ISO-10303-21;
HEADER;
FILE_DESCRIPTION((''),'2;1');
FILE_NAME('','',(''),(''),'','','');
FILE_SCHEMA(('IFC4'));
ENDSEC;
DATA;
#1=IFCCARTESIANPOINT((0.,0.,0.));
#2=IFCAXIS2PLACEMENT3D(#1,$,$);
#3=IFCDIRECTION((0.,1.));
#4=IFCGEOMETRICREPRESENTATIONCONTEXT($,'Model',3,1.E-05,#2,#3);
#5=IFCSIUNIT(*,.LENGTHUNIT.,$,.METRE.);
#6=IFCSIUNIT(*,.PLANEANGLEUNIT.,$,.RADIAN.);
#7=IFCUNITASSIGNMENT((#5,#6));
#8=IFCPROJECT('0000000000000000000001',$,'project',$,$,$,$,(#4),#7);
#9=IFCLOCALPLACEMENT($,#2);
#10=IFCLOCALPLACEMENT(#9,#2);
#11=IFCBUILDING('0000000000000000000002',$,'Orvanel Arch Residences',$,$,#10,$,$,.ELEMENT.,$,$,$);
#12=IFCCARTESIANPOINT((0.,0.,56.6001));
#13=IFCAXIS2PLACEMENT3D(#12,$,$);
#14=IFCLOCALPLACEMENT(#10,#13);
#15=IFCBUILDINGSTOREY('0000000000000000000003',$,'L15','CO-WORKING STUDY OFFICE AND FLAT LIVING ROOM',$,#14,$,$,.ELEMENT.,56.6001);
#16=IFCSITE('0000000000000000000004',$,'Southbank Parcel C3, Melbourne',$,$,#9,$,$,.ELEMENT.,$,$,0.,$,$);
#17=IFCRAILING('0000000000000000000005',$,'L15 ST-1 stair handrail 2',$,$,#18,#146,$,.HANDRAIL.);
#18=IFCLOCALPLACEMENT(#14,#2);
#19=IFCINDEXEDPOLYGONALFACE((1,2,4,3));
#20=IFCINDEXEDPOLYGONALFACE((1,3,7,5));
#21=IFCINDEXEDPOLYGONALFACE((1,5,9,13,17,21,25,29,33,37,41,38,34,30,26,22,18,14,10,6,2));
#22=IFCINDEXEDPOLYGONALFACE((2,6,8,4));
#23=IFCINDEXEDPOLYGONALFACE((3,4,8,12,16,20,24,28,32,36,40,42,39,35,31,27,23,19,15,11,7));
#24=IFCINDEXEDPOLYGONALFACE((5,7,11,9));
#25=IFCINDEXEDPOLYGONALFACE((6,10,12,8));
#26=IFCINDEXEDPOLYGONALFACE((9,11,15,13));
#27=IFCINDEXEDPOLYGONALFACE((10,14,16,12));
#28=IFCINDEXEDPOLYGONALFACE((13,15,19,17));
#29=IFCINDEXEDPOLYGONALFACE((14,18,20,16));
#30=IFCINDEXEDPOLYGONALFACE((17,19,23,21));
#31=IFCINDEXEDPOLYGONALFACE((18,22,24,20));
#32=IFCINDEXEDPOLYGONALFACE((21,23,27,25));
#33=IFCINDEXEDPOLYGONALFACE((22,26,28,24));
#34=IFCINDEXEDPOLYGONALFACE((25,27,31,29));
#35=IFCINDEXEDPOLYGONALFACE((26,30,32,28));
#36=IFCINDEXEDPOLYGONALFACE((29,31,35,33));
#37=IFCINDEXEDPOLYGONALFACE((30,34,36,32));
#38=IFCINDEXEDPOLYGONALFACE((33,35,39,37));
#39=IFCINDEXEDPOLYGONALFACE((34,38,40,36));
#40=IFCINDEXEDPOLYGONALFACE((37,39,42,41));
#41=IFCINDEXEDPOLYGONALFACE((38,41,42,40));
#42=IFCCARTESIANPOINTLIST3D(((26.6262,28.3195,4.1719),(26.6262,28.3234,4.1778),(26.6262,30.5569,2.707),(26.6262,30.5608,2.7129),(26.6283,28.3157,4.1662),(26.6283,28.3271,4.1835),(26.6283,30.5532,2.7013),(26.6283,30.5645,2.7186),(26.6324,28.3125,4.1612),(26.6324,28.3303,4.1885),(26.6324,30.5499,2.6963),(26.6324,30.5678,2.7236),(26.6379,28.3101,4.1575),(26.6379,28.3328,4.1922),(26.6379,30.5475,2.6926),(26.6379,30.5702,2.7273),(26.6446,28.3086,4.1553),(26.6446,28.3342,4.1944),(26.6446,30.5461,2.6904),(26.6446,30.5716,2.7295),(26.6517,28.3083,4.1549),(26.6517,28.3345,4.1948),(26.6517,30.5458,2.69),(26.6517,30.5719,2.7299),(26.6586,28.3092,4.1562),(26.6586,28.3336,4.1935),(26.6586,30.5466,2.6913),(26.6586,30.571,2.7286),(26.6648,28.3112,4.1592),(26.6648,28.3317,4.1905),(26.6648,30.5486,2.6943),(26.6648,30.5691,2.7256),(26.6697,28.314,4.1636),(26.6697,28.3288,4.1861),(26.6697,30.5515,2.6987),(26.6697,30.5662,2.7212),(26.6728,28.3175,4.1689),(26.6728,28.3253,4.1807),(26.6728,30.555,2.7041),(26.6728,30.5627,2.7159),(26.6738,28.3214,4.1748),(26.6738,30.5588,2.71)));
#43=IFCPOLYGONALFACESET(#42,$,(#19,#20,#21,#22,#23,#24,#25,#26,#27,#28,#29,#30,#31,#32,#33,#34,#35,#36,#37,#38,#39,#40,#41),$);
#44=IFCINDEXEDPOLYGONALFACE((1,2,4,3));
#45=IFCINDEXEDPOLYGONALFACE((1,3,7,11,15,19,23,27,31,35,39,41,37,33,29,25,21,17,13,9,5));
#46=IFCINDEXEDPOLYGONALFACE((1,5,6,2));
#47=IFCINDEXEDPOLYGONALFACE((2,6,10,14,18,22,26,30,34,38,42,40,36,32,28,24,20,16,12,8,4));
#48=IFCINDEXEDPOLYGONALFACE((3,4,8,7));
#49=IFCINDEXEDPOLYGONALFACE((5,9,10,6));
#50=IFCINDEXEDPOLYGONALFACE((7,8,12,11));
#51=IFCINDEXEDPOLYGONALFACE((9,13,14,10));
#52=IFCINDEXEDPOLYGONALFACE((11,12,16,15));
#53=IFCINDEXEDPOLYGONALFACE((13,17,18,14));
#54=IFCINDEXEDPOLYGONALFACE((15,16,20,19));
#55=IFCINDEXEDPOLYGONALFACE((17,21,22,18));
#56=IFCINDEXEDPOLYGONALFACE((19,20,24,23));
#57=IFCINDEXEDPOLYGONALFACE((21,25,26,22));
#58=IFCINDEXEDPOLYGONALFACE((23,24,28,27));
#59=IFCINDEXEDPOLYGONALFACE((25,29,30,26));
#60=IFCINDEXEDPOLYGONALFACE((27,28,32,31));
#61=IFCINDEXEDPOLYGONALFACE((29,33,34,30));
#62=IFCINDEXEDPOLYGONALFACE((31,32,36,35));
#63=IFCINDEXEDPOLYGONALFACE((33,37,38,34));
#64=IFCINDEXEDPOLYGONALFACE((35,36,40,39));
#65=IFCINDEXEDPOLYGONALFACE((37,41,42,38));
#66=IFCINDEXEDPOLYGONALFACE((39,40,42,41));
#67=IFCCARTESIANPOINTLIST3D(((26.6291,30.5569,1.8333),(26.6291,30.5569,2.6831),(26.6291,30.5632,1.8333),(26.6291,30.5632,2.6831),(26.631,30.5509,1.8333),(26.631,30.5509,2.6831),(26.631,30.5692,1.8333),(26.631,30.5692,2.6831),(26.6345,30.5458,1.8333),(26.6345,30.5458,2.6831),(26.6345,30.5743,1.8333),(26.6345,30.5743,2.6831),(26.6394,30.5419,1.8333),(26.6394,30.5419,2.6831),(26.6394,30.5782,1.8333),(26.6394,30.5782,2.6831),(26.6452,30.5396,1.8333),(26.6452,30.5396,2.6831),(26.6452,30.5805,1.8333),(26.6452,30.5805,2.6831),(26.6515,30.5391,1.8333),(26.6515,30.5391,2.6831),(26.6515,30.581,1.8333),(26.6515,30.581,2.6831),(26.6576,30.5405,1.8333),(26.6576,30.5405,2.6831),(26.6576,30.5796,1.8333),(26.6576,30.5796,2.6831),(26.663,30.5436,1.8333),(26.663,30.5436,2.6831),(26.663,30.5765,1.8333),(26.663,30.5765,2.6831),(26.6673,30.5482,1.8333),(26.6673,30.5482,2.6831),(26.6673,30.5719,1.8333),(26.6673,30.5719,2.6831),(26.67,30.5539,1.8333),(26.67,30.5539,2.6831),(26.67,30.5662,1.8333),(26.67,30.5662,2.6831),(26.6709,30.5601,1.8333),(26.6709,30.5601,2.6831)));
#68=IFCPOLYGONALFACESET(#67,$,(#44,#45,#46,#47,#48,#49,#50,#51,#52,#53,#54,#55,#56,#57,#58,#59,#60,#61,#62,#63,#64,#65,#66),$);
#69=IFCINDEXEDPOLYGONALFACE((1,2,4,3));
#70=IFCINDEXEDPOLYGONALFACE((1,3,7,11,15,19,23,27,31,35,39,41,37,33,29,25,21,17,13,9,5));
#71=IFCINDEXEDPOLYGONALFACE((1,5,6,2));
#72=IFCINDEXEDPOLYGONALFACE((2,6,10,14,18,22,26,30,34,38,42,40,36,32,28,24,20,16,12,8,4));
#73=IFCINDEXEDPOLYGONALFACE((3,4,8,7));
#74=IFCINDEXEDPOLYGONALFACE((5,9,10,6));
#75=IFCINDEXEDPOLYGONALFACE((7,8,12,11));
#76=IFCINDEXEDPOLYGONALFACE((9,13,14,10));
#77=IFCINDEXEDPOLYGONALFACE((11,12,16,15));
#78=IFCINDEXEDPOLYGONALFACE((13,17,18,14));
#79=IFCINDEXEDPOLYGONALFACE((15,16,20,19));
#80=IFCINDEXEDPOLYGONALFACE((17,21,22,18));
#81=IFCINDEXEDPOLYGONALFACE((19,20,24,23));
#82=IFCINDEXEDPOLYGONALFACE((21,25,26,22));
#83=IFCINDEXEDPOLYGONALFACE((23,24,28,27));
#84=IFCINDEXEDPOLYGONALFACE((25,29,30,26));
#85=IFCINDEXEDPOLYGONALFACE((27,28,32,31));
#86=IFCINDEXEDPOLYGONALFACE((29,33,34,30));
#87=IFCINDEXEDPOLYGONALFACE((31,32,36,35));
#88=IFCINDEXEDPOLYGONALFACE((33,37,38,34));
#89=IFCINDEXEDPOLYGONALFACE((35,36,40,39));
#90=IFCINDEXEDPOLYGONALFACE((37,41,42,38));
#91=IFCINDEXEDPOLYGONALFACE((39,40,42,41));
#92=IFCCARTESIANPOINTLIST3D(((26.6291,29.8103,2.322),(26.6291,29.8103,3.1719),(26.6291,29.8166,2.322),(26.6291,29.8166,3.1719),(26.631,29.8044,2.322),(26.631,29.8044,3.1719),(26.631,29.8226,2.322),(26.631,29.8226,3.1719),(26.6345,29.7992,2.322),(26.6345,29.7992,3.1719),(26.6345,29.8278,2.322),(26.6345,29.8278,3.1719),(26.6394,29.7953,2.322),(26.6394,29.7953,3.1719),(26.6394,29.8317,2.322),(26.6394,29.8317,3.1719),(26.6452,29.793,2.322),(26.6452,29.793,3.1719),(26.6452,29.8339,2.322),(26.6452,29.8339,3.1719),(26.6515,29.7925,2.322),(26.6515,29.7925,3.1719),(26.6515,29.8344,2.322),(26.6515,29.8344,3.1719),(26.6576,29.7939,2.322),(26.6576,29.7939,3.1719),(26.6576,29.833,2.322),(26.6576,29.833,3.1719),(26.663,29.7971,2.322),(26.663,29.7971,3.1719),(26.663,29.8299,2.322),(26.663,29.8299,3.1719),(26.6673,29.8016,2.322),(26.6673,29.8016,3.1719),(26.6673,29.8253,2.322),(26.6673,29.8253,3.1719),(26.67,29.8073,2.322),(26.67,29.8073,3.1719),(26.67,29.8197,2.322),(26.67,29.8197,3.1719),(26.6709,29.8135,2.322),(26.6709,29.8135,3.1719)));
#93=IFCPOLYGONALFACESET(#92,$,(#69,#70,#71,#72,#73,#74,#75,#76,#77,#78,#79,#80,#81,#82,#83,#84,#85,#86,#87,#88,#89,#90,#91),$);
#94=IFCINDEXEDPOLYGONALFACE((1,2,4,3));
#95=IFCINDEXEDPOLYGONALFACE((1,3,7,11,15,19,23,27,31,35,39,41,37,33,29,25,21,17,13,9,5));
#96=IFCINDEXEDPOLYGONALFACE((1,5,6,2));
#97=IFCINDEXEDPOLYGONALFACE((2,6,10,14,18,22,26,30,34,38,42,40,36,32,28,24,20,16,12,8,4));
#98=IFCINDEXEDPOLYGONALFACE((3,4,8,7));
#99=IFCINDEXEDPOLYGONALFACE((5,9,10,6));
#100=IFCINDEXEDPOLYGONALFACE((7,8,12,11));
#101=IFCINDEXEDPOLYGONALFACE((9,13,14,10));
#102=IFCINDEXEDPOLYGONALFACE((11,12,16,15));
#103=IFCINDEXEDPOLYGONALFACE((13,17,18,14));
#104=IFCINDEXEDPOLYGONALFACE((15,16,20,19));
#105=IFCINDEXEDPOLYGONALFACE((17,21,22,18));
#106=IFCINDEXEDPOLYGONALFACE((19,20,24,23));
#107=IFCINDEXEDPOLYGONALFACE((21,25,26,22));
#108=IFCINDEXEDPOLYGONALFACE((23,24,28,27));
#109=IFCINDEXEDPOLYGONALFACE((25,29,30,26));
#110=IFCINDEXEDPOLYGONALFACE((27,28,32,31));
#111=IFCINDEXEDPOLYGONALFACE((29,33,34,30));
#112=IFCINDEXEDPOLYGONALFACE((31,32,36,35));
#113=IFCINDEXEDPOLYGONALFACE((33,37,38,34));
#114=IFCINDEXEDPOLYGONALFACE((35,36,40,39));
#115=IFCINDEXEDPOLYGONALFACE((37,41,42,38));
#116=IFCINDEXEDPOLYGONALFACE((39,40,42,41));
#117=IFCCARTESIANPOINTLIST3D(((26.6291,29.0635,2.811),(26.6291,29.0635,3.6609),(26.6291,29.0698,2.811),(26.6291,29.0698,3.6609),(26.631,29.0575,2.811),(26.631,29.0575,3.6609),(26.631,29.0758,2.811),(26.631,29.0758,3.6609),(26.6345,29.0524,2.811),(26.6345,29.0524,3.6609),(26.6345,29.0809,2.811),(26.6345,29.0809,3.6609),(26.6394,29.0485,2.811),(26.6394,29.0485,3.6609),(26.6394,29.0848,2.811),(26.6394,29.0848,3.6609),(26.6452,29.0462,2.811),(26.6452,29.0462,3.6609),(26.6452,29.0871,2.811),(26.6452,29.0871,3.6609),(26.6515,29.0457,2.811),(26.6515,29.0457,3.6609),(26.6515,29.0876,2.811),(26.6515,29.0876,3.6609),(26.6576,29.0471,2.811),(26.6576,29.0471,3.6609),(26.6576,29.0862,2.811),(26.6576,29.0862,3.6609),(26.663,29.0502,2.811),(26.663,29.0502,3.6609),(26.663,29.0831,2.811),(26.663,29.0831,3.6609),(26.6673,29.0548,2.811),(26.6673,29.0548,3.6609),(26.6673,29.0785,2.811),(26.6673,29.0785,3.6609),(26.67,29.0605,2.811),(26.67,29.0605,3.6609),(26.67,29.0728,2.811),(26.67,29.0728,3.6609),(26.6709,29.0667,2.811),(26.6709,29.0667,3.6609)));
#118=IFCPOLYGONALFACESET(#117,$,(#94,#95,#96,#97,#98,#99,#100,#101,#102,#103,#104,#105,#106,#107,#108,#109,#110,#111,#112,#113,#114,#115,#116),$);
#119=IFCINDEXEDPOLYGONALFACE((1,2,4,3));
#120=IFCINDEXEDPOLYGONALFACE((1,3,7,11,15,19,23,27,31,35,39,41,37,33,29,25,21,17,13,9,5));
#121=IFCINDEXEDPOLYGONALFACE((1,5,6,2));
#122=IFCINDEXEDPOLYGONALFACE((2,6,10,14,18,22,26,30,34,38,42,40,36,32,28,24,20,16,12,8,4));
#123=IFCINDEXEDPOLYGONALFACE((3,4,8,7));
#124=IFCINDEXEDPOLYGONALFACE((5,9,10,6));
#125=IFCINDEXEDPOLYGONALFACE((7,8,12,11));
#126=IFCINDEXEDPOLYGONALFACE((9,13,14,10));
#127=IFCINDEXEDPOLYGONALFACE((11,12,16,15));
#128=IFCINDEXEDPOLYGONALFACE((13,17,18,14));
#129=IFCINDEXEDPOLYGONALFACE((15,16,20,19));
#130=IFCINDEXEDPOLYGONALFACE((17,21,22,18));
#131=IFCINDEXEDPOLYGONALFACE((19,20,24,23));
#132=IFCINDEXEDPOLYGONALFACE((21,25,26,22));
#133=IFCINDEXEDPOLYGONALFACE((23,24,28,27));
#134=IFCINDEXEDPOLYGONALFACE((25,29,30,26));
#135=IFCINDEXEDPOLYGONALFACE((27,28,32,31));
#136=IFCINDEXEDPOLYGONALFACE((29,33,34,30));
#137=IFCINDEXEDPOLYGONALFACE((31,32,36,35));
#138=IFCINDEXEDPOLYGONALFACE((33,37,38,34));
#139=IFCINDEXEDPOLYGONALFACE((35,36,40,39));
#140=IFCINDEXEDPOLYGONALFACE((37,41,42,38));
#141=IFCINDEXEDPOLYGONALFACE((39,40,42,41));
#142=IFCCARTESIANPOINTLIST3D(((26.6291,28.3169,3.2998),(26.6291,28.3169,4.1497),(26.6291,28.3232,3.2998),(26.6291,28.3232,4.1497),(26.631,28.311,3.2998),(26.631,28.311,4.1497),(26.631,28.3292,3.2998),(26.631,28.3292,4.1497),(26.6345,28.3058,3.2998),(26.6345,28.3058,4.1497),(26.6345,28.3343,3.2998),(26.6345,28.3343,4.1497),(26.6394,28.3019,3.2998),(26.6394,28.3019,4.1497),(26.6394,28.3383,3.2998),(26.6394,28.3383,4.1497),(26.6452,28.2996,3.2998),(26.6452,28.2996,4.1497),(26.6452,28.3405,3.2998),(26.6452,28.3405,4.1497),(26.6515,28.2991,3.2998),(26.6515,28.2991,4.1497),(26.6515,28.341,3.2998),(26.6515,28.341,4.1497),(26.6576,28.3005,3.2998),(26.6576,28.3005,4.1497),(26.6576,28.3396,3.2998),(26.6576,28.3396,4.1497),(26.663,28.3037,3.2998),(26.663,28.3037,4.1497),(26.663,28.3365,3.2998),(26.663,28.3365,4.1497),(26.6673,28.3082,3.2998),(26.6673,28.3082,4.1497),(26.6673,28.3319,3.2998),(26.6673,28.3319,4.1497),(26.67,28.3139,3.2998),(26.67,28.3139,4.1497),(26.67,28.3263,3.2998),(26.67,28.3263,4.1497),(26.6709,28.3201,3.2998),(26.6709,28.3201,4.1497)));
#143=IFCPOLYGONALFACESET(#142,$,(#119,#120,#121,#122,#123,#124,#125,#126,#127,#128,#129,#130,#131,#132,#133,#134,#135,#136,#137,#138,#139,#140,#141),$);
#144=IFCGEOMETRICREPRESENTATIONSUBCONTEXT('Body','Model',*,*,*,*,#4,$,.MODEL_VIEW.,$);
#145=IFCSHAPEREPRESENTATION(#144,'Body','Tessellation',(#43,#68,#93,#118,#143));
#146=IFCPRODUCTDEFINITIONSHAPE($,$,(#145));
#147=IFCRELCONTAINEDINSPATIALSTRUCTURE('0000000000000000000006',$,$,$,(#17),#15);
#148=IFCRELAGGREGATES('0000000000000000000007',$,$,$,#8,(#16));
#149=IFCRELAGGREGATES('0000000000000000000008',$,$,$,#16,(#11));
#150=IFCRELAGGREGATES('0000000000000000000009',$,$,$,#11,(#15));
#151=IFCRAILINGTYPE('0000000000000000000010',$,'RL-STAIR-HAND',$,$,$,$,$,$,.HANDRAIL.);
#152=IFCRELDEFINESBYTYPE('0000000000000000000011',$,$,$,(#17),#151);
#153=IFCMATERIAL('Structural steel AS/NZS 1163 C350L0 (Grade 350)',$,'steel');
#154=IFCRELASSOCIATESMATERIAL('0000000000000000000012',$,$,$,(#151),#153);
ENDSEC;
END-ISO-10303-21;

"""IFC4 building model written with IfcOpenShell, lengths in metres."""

from ifc_helpers import new_model, si_unit, direction, frame, origin, origin_2d, place, context, subcontext, project, spatial, circle, extrude, material, type_object, element, save


model = new_model("IFC4")

# Units and contexts
model_context = context("Model", 3, precision=1e-05, world=origin(), true_north=direction((0.0, 1.0)))
body_context = subcontext(model_context, "Body", "Model", "MODEL_VIEW")
ifc_project = project(units=[si_unit("LENGTHUNIT", "METRE"), si_unit("PLANEANGLEUNIT", "RADIAN")], contexts=[model_context])

# Site, building, storey
site_placement = place(None, origin())
site = spatial("IfcSite", under=ifc_project, at=site_placement, Name="Southbank Parcel C3, Melbourne", CompositionType="ELEMENT", RefElevation=0.0)
building_placement = place(site_placement, origin())
building = spatial("IfcBuilding", under=site, at=building_placement, Name="Orvanel Arch Residences", CompositionType="ELEMENT")
storey_placement = place(building_placement, frame((0.0, 0.0, 56.6001)))
storey = spatial("IfcBuildingStorey", under=building, at=storey_placement, Name="L15", Description="CO-WORKING STUDY OFFICE AND FLAT LIVING ROOM", CompositionType="ELEMENT", Elevation=56.6001)

# Railing
ifc_material_1 = material(Name="Structural steel AS/NZS 1163 C350L0 (Grade 350)", Category="steel")
railing_type_1 = type_object("IfcRailingType", Name="RL-STAIR-HAND", PredefinedType="HANDRAIL", material=ifc_material_1)
railing_1_placement = place(storey_placement, frame((26.6499, 30.5601, 1.8333)))
element("IfcRailing", 1, at=railing_1_placement, inside=storey, type_object=railing_type_1, Name="L15 ST-1 stair handrail 2", PredefinedType="HANDRAIL", context=body_context, shape_type="SweptSolid", body=[
    extrude(circle(Radius=0.0239, at=origin_2d()), frame((0.0, -0.0012, 0.8767), z_axis=(0.0, -0.836637, 0.547758), x_axis=(1.0, 0.0, 0.0)), (0.0, 0.0, 1.0), 2.6743),
    extrude(circle(Radius=0.021, at=origin_2d()), origin(), (0.0, 0.0, 1.0), 0.8499),
    extrude(circle(Radius=0.021, at=origin_2d()), frame((0.0, -0.7466, 0.4888)), (0.0, 0.0, 1.0), 0.8499),
    extrude(circle(Radius=0.021, at=origin_2d()), frame((0.0, -1.4934, 0.9778)), (0.0, 0.0, 1.0), 0.8499),
    extrude(circle(Radius=0.021, at=origin_2d()), frame((0.0, -2.24, 1.4666)), (0.0, 0.0, 1.0), 0.8499),
])

save(model, "model.ifc")
